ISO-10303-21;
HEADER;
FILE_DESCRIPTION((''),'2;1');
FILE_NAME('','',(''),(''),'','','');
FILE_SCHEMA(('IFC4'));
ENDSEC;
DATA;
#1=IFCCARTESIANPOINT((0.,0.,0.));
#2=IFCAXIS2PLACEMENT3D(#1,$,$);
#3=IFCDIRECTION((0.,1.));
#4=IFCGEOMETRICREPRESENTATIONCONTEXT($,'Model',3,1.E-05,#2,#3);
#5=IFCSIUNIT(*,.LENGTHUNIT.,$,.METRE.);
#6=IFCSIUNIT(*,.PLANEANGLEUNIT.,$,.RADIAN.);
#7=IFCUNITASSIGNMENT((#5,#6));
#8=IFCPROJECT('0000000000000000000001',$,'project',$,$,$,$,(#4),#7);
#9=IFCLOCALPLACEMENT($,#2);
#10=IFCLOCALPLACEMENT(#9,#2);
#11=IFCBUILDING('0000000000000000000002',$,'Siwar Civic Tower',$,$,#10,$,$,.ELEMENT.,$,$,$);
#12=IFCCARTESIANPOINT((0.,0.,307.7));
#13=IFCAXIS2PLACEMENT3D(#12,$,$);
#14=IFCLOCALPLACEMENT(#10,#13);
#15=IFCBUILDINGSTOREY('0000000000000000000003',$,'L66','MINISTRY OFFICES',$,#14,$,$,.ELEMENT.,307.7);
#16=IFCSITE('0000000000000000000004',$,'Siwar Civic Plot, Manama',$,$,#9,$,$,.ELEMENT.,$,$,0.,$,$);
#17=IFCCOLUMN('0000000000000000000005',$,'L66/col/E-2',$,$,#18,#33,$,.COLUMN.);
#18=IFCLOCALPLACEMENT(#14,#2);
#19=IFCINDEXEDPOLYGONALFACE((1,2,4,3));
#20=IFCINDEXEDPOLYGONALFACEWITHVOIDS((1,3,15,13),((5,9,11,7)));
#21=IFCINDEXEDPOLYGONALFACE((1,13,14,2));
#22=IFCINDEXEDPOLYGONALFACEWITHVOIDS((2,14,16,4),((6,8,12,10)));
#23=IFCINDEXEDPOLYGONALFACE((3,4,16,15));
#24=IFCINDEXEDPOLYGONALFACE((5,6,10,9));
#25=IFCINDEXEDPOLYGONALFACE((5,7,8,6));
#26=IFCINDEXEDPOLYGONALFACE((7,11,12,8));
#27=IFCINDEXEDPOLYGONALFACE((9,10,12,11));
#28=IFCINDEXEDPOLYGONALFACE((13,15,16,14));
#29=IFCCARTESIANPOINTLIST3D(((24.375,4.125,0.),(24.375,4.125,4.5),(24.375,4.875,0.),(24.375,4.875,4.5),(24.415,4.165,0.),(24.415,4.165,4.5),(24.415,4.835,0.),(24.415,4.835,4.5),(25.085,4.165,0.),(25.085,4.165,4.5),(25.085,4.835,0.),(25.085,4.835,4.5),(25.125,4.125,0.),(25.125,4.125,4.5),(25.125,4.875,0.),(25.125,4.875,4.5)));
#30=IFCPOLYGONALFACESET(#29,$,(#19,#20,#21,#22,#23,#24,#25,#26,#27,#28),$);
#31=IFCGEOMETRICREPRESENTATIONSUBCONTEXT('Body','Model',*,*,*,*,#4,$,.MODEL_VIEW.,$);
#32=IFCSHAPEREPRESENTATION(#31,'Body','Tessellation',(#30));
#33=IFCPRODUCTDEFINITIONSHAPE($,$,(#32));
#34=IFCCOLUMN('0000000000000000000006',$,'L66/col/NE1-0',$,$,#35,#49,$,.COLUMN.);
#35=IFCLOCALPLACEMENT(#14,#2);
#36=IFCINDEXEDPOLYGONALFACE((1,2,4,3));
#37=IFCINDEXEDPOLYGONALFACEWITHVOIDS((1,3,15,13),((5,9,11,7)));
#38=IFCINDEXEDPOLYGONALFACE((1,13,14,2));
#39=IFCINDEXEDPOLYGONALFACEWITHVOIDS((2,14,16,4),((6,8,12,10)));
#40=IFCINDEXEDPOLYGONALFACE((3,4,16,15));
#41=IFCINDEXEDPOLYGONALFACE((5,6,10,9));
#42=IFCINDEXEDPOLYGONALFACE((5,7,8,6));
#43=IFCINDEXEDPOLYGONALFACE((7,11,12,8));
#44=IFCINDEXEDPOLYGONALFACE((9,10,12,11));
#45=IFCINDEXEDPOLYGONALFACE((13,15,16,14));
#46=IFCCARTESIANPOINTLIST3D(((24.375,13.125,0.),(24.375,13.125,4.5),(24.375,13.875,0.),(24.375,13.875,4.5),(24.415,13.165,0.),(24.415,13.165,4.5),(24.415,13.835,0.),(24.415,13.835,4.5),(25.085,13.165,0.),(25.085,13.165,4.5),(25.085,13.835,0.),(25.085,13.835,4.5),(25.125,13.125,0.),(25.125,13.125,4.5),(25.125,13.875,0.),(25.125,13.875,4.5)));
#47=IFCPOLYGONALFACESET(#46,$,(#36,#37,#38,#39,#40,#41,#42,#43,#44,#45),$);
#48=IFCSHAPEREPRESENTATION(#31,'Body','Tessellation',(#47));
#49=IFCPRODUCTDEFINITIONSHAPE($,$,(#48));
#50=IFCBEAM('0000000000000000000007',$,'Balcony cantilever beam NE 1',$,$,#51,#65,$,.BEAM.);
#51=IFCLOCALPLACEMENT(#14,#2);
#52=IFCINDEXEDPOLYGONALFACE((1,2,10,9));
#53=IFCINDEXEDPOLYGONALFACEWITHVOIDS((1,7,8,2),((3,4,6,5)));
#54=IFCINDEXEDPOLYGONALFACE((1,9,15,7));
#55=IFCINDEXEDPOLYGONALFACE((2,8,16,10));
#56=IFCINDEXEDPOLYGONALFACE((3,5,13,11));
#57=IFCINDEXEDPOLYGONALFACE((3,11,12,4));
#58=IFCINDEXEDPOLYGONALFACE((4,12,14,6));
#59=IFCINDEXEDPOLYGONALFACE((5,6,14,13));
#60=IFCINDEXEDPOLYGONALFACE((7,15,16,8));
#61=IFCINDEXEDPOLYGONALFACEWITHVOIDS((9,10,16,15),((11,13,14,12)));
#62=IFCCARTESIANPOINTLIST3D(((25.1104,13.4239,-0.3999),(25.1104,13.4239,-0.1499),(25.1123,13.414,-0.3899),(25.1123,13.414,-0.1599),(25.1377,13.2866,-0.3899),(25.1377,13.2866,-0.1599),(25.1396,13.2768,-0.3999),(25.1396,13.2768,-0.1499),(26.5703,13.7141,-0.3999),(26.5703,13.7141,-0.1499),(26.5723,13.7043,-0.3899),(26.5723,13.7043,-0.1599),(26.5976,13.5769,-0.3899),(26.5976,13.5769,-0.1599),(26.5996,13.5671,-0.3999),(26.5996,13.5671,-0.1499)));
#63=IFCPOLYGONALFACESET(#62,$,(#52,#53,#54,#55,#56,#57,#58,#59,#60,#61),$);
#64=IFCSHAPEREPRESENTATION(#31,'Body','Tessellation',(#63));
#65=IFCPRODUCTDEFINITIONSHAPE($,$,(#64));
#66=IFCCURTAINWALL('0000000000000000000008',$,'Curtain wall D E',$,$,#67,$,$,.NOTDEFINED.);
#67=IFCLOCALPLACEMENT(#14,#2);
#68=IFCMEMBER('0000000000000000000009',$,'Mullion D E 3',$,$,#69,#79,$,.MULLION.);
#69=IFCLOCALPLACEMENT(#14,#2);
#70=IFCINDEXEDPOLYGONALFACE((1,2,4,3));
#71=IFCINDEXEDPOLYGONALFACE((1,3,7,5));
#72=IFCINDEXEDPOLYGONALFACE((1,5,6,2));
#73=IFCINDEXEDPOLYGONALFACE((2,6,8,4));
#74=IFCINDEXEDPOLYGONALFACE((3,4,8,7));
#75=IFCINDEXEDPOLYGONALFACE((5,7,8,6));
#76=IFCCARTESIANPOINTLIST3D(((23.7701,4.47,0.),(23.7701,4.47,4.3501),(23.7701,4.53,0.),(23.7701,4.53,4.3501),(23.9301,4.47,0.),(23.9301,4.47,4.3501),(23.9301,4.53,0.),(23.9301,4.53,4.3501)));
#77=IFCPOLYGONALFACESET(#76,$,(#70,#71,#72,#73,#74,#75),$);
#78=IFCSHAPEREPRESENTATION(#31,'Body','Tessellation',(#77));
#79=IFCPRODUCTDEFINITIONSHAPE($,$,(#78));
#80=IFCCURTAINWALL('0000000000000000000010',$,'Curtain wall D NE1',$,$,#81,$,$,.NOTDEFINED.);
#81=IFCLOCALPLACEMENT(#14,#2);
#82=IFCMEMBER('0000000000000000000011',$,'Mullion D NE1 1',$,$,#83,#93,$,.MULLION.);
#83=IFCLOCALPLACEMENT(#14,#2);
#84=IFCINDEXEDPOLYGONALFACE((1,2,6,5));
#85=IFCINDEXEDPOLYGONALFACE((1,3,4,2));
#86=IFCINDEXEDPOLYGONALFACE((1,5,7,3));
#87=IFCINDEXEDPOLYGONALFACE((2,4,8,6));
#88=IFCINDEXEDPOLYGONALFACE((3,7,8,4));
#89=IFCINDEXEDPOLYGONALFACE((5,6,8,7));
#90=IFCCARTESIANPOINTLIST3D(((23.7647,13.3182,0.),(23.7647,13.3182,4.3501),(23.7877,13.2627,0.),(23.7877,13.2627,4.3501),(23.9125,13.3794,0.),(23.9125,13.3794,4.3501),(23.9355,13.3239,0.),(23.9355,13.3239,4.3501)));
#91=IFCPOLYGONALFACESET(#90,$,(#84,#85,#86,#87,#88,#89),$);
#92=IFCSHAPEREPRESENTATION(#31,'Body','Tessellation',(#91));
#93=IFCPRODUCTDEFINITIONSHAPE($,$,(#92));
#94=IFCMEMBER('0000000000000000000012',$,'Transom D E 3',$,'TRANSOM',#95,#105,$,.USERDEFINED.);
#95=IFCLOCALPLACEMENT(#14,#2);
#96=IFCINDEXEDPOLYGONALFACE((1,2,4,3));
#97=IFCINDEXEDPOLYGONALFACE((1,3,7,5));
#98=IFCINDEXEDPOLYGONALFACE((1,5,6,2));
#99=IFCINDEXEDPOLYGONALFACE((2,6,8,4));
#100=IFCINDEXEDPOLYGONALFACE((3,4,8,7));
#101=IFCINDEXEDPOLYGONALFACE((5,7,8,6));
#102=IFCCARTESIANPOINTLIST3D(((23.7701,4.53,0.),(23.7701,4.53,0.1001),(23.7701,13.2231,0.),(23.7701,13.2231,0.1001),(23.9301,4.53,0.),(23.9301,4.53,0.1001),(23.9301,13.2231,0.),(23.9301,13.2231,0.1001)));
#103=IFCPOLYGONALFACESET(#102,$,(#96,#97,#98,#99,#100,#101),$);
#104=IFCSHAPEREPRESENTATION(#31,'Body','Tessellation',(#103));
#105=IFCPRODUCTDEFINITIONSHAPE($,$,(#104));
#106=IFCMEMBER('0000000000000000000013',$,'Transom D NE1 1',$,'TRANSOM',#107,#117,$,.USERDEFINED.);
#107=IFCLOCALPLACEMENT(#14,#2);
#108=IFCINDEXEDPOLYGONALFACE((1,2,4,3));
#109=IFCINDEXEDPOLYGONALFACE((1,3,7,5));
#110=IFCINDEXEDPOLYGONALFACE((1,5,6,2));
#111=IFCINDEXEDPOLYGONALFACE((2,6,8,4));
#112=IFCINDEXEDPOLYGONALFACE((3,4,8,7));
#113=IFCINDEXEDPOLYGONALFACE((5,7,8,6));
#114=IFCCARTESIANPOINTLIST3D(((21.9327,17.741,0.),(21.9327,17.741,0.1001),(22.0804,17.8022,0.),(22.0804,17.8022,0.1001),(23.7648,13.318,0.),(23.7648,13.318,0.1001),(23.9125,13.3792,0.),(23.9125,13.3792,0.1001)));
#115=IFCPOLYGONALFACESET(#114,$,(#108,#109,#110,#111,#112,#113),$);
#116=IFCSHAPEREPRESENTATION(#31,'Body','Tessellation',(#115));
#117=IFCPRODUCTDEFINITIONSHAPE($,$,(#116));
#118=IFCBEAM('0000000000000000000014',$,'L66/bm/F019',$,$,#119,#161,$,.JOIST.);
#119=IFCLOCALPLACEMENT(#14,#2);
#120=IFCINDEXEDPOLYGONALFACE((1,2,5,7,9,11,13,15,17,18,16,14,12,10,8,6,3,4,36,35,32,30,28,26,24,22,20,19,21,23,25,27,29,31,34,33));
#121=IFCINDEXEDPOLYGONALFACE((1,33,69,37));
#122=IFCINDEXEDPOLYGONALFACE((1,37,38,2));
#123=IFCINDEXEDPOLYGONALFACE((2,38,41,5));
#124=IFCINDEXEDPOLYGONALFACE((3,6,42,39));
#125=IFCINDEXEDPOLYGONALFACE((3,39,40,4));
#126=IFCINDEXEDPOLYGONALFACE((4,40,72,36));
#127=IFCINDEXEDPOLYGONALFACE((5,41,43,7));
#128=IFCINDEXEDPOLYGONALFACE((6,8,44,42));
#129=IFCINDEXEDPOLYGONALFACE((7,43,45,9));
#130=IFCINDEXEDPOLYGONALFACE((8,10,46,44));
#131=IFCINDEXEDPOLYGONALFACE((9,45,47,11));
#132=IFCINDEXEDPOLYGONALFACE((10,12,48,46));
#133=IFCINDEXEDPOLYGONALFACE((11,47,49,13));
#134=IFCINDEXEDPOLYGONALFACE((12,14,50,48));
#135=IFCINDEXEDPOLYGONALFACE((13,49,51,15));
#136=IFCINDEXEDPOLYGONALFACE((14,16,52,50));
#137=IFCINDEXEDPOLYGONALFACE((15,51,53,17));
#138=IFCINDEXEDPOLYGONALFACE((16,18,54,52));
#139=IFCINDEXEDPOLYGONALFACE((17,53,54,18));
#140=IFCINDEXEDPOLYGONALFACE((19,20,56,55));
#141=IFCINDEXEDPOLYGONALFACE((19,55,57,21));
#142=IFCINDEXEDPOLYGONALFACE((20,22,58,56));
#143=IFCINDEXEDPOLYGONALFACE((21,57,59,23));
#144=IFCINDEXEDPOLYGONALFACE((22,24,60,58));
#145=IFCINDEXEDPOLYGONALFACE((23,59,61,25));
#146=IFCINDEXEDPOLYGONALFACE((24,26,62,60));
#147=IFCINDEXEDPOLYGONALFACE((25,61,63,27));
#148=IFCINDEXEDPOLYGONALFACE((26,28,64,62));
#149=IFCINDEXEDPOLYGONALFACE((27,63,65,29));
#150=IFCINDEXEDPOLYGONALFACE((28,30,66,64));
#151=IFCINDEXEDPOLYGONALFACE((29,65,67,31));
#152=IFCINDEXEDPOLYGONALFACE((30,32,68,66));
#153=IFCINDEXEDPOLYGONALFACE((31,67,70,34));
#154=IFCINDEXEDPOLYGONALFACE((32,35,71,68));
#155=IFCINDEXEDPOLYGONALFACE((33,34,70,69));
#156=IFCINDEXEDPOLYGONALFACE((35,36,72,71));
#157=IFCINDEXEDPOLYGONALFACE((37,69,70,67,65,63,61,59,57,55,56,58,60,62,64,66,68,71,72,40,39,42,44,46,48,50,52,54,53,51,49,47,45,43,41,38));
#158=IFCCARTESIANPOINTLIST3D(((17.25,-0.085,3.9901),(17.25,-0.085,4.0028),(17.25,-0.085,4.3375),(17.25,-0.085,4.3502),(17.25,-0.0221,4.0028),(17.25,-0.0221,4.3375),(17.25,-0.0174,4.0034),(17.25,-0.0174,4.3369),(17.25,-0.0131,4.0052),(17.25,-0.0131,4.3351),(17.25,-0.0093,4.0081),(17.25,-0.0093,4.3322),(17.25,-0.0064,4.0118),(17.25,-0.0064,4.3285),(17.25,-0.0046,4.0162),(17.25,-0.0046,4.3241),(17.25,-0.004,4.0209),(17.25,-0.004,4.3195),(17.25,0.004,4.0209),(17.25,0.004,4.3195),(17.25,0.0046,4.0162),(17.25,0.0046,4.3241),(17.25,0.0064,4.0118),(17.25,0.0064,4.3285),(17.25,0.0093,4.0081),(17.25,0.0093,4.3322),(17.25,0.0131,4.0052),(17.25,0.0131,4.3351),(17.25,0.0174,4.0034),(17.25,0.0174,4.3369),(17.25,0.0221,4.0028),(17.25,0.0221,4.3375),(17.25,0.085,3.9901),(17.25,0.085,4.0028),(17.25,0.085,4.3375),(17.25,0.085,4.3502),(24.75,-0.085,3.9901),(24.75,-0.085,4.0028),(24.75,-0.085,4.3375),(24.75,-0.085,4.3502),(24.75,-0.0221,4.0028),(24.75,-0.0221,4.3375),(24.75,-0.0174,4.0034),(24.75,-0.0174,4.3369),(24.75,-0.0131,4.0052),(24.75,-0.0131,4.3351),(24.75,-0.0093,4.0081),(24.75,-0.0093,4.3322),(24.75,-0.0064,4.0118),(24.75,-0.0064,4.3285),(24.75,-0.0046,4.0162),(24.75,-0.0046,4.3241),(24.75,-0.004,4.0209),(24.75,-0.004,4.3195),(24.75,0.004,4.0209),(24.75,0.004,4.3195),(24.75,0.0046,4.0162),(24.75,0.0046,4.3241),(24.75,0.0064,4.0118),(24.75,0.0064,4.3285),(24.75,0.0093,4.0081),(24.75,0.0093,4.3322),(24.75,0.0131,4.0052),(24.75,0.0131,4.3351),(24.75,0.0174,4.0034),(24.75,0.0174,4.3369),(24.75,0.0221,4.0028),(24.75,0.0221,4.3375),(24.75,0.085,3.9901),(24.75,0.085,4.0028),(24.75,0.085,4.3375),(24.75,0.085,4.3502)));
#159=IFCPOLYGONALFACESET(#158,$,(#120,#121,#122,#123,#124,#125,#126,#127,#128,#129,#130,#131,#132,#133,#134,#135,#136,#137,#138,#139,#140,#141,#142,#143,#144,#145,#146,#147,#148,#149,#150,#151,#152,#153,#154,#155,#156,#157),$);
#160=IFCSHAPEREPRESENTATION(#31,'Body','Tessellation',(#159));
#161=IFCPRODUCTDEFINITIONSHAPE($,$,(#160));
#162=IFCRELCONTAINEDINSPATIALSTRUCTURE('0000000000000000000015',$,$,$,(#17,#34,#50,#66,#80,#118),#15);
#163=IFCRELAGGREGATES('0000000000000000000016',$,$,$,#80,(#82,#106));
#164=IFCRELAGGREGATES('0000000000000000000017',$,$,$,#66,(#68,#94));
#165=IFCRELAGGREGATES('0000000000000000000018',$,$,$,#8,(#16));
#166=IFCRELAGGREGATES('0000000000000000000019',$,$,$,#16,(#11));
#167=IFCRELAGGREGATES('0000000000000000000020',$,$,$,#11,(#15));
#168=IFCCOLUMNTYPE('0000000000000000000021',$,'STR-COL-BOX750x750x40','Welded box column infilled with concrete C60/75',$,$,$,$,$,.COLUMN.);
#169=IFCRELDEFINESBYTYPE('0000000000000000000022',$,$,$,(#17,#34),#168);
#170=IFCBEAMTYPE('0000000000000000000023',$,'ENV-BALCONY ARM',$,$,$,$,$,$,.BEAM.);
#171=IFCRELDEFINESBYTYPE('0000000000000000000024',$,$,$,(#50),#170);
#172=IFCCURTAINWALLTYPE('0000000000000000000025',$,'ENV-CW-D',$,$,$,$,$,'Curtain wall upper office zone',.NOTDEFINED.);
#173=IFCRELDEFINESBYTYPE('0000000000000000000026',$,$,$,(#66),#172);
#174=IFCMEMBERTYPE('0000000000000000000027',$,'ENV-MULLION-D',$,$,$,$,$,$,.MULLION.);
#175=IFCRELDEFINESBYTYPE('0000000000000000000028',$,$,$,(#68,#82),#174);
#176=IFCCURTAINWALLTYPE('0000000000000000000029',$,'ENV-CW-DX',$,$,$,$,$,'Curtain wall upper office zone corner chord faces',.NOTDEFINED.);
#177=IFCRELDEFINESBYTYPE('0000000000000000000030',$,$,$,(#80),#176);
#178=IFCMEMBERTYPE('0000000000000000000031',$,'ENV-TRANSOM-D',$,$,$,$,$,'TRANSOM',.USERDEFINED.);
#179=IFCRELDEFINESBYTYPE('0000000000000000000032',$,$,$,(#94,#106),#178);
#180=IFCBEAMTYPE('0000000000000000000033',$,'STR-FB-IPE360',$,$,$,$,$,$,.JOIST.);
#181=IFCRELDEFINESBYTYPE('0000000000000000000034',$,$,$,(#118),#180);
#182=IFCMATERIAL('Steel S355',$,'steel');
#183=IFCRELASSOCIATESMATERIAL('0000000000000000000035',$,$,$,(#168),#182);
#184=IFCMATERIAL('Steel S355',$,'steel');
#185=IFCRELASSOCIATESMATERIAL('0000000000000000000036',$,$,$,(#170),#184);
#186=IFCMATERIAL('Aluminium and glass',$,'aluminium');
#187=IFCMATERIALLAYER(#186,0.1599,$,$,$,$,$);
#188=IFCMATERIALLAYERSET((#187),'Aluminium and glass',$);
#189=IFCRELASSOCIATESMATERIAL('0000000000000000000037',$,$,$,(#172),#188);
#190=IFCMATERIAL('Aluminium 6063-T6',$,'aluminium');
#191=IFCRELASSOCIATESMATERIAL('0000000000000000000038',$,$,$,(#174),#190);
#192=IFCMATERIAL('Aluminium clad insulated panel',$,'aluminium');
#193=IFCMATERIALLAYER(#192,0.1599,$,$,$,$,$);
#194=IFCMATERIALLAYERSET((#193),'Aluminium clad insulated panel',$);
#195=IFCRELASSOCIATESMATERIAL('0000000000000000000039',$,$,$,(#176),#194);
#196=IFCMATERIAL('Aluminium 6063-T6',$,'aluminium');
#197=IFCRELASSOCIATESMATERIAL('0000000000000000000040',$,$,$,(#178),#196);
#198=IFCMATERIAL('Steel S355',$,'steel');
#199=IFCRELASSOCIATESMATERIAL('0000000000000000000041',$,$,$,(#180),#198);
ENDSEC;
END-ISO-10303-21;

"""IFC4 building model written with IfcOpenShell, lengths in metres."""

from ifc_helpers import new_model, si_unit, direction, frame, origin, origin_2d, place, context, subcontext, project, spatial, rectangle, hollow_rectangle, i_section, extrude, material, layer, layer_set, material_profile, profile_set, type_object, element, aggregate, save


model = new_model("IFC4")

# Units and contexts
model_context = context("Model", 3, precision=1e-05, world=origin(), true_north=direction((0.0, 1.0)))
body_context = subcontext(model_context, "Body", "Model", "MODEL_VIEW")
ifc_project = project(units=[si_unit("LENGTHUNIT", "METRE"), si_unit("PLANEANGLEUNIT", "RADIAN")], contexts=[model_context])

# Site, building, storey
site_placement = place(None, origin())
site = spatial("IfcSite", under=ifc_project, at=site_placement, Name="Siwar Civic Plot, Manama", CompositionType="ELEMENT", RefElevation=0.0)
building_placement = place(site_placement, origin())
building = spatial("IfcBuilding", under=site, at=building_placement, Name="Siwar Civic Tower", CompositionType="ELEMENT")
storey_placement = place(building_placement, frame((0.0, 0.0, 307.7)))
storey = spatial("IfcBuildingStorey", under=building, at=storey_placement, Name="L66", Description="MINISTRY OFFICES", CompositionType="ELEMENT", Elevation=307.7)

# Columns
ifc_material_1 = material(Name="Steel S355", Category="steel")
ifc_material_profile_1 = material_profile(ifc_material_1, hollow_rectangle(XDim=0.75, YDim=0.75, WallThickness=0.04, at=origin_2d()), Name="BOX750x750x40")
ifc_profile_set_1 = profile_set([ifc_material_profile_1], Name="Steel S355")
column_type = type_object("IfcColumnType", Name="STR-COL-BOX750x750x40", Description="Welded box column infilled with concrete C60/75", PredefinedType="COLUMN", material=ifc_profile_set_1)
for number, where, z_axis, x_axis, name in (
    (1, (24.75, 4.5, 0.0), (0.0, 0.0, 1.0), (1.0, 0.0, 0.0), "L66/col/E-2"),
    (2, (24.75, 13.5, 0.0), (0.0, 0.0, 1.0), (1.0, 0.0, 0.0), "L66/col/NE1-0"),
):
    element("IfcColumn", number, at=place(storey_placement, frame(where, z_axis=z_axis, x_axis=x_axis)), inside=storey, type_object=column_type, Name=name, PredefinedType="COLUMN", context=body_context, shape_type="SweptSolid", body=[
        extrude(hollow_rectangle(XDim=0.75, YDim=0.75, WallThickness=0.04, at=origin_2d()), origin(), (0.0, 0.0, 1.0), 4.5),
    ])

# Beam
ifc_material_2 = material(Name="Steel S355", Category="steel")
ifc_material_profile_2 = material_profile(ifc_material_2, hollow_rectangle(XDim=0.1499, YDim=0.25, WallThickness=0.01, at=origin_2d()), Name="RHS250x150x10")
ifc_profile_set_2 = profile_set([ifc_material_profile_2], Name="Steel S355")
beam_type_1 = type_object("IfcBeamType", Name="ENV-BALCONY ARM", PredefinedType="BEAM", material=ifc_profile_set_2)
beam_1_placement = place(storey_placement, frame((25.125, 13.3503, -0.2749), z_axis=(0.980801, 0.195012, 0.0), x_axis=(-0.195012, 0.980801, 0.0)))
element("IfcBeam", 3, at=beam_1_placement, inside=storey, type_object=beam_type_1, Name="Balcony cantilever beam NE 1", PredefinedType="BEAM", context=body_context, shape_type="SweptSolid", body=[
    extrude(hollow_rectangle(XDim=0.1499, YDim=0.25, WallThickness=0.01, at=origin_2d()), origin(), (0.0, 0.0, 1.0), 1.4885),
])

# Curtain walls, members
ifc_material_3 = material(Name="Aluminium and glass", Category="aluminium")
ifc_layer_1 = layer(ifc_material_3, 0.1599)
ifc_layer_set_1 = layer_set([ifc_layer_1], Name="Aluminium and glass")
curtain_wall_type_1 = type_object("IfcCurtainWallType", Name="ENV-CW-D", ElementType="Curtain wall upper office zone", PredefinedType="NOTDEFINED", material=ifc_layer_set_1)
curtain_wall_1_placement = place(storey_placement, origin())
curtain_wall_1 = element("IfcCurtainWall", 4, at=curtain_wall_1_placement, inside=storey, type_object=curtain_wall_type_1, Name="Curtain wall D E", PredefinedType="NOTDEFINED")
ifc_material_4 = material(Name="Aluminium 6063-T6", Category="aluminium")
ifc_material_profile_3 = material_profile(ifc_material_4, rectangle(XDim=0.1599, YDim=0.0601, at=origin_2d()), Name="AL 160x60")
ifc_profile_set_3 = profile_set([ifc_material_profile_3], Name="Aluminium 6063-T6")
member_type_1 = type_object("IfcMemberType", Name="ENV-MULLION-D", PredefinedType="MULLION", material=ifc_profile_set_3)
member_1_placement = place(storey_placement, frame((23.8501, 4.5, 0.0), z_axis=(0.0, 0.0, 1.0), x_axis=(-1.0, 0.0, 0.0)))
member_1 = element("IfcMember", 5, at=member_1_placement, type_object=member_type_1, Name="Mullion D E 3", PredefinedType="MULLION", context=body_context, shape_type="SweptSolid", body=[
    extrude(rectangle(XDim=0.1599, YDim=0.0601, at=origin_2d()), origin(), (0.0, 0.0, 1.0), 4.3501),
])
ifc_material_5 = material(Name="Aluminium clad insulated panel", Category="aluminium")
ifc_layer_2 = layer(ifc_material_5, 0.1599)
ifc_layer_set_2 = layer_set([ifc_layer_2], Name="Aluminium clad insulated panel")
curtain_wall_type_2 = type_object("IfcCurtainWallType", Name="ENV-CW-DX", ElementType="Curtain wall upper office zone corner chord faces", PredefinedType="NOTDEFINED", material=ifc_layer_set_2)
curtain_wall_2_placement = place(storey_placement, origin())
curtain_wall_2 = element("IfcCurtainWall", 6, at=curtain_wall_2_placement, inside=storey, type_object=curtain_wall_type_2, Name="Curtain wall D NE1", PredefinedType="NOTDEFINED")
member_2_placement = place(storey_placement, frame((23.8501, 13.321, 0.0), z_axis=(0.0, 0.0, 1.0), x_axis=(-0.92388, -0.382683, 0.0)))
member_2 = element("IfcMember", 7, at=member_2_placement, type_object=member_type_1, Name="Mullion D NE1 1", PredefinedType="MULLION", context=body_context, shape_type="SweptSolid", body=[
    extrude(rectangle(XDim=0.1599, YDim=0.0601, at=origin_2d()), origin(), (0.0, 0.0, 1.0), 4.3501),
])

# Members
ifc_material_6 = material(Name="Aluminium 6063-T6", Category="aluminium")
ifc_material_profile_4 = material_profile(ifc_material_6, rectangle(XDim=0.1599, YDim=0.1001, at=origin_2d()), Name="AL 160x100")
ifc_profile_set_4 = profile_set([ifc_material_profile_4], Name="Aluminium 6063-T6")
member_type_2 = type_object("IfcMemberType", Name="ENV-TRANSOM-D", ElementType="TRANSOM", PredefinedType="USERDEFINED", material=ifc_profile_set_4)
member_3_placement = place(storey_placement, frame((23.8501, 4.53, 0.05), z_axis=(0.0, 1.0, 0.0), x_axis=(-1.0, 0.0, 0.0)))
member_3 = element("IfcMember", 8, at=member_3_placement, type_object=member_type_2, Name="Transom D E 3", ObjectType="TRANSOM", PredefinedType="USERDEFINED", context=body_context, shape_type="SweptSolid", body=[
    extrude(rectangle(XDim=0.1599, YDim=0.1001, at=origin_2d()), origin(), (0.0, 0.0, 1.0), 8.6931),
])
member_4_placement = place(storey_placement, frame((23.8386, 13.3486, 0.05), z_axis=(-0.382688, 0.923878, 0.0), x_axis=(-0.923878, -0.382688, 0.0)))
member_4 = element("IfcMember", 9, at=member_4_placement, type_object=member_type_2, Name="Transom D NE1 1", ObjectType="TRANSOM", PredefinedType="USERDEFINED", context=body_context, shape_type="SweptSolid", body=[
    extrude(rectangle(XDim=0.1599, YDim=0.1001, at=origin_2d()), origin(), (0.0, 0.0, 1.0), 4.7874),
])
aggregate(curtain_wall_2, [member_2, member_4])

# Beam
ifc_material_7 = material(Name="Steel S355", Category="steel")
ifc_material_profile_5 = material_profile(ifc_material_7, i_section(OverallWidth=0.1699, OverallDepth=0.3601, WebThickness=0.0081, FlangeThickness=0.0127, FilletRadius=0.0181, at=origin_2d()), Name="IPE360")
ifc_profile_set_5 = profile_set([ifc_material_profile_5], Name="Steel S355")
beam_type_2 = type_object("IfcBeamType", Name="STR-FB-IPE360", PredefinedType="JOIST", material=ifc_profile_set_5)
for number, where, z_axis, x_axis, name in (
    (10, (17.25, 0.0, 4.1702), (1.0, 0.0, 0.0), (0.0, 1.0, 0.0), "L66/bm/F019"),
):
    element("IfcBeam", number, at=place(storey_placement, frame(where, z_axis=z_axis, x_axis=x_axis)), inside=storey, type_object=beam_type_2, Name=name, PredefinedType="JOIST", context=body_context, shape_type="SweptSolid", body=[
        extrude(i_section(OverallWidth=0.1699, OverallDepth=0.3601, WebThickness=0.0081, FlangeThickness=0.0127, FilletRadius=0.0181, at=origin_2d()), origin(), (0.0, 0.0, 1.0), 7.5),
    ])

aggregate(curtain_wall_1, [member_1, member_3])

save(model, "model.ifc")
